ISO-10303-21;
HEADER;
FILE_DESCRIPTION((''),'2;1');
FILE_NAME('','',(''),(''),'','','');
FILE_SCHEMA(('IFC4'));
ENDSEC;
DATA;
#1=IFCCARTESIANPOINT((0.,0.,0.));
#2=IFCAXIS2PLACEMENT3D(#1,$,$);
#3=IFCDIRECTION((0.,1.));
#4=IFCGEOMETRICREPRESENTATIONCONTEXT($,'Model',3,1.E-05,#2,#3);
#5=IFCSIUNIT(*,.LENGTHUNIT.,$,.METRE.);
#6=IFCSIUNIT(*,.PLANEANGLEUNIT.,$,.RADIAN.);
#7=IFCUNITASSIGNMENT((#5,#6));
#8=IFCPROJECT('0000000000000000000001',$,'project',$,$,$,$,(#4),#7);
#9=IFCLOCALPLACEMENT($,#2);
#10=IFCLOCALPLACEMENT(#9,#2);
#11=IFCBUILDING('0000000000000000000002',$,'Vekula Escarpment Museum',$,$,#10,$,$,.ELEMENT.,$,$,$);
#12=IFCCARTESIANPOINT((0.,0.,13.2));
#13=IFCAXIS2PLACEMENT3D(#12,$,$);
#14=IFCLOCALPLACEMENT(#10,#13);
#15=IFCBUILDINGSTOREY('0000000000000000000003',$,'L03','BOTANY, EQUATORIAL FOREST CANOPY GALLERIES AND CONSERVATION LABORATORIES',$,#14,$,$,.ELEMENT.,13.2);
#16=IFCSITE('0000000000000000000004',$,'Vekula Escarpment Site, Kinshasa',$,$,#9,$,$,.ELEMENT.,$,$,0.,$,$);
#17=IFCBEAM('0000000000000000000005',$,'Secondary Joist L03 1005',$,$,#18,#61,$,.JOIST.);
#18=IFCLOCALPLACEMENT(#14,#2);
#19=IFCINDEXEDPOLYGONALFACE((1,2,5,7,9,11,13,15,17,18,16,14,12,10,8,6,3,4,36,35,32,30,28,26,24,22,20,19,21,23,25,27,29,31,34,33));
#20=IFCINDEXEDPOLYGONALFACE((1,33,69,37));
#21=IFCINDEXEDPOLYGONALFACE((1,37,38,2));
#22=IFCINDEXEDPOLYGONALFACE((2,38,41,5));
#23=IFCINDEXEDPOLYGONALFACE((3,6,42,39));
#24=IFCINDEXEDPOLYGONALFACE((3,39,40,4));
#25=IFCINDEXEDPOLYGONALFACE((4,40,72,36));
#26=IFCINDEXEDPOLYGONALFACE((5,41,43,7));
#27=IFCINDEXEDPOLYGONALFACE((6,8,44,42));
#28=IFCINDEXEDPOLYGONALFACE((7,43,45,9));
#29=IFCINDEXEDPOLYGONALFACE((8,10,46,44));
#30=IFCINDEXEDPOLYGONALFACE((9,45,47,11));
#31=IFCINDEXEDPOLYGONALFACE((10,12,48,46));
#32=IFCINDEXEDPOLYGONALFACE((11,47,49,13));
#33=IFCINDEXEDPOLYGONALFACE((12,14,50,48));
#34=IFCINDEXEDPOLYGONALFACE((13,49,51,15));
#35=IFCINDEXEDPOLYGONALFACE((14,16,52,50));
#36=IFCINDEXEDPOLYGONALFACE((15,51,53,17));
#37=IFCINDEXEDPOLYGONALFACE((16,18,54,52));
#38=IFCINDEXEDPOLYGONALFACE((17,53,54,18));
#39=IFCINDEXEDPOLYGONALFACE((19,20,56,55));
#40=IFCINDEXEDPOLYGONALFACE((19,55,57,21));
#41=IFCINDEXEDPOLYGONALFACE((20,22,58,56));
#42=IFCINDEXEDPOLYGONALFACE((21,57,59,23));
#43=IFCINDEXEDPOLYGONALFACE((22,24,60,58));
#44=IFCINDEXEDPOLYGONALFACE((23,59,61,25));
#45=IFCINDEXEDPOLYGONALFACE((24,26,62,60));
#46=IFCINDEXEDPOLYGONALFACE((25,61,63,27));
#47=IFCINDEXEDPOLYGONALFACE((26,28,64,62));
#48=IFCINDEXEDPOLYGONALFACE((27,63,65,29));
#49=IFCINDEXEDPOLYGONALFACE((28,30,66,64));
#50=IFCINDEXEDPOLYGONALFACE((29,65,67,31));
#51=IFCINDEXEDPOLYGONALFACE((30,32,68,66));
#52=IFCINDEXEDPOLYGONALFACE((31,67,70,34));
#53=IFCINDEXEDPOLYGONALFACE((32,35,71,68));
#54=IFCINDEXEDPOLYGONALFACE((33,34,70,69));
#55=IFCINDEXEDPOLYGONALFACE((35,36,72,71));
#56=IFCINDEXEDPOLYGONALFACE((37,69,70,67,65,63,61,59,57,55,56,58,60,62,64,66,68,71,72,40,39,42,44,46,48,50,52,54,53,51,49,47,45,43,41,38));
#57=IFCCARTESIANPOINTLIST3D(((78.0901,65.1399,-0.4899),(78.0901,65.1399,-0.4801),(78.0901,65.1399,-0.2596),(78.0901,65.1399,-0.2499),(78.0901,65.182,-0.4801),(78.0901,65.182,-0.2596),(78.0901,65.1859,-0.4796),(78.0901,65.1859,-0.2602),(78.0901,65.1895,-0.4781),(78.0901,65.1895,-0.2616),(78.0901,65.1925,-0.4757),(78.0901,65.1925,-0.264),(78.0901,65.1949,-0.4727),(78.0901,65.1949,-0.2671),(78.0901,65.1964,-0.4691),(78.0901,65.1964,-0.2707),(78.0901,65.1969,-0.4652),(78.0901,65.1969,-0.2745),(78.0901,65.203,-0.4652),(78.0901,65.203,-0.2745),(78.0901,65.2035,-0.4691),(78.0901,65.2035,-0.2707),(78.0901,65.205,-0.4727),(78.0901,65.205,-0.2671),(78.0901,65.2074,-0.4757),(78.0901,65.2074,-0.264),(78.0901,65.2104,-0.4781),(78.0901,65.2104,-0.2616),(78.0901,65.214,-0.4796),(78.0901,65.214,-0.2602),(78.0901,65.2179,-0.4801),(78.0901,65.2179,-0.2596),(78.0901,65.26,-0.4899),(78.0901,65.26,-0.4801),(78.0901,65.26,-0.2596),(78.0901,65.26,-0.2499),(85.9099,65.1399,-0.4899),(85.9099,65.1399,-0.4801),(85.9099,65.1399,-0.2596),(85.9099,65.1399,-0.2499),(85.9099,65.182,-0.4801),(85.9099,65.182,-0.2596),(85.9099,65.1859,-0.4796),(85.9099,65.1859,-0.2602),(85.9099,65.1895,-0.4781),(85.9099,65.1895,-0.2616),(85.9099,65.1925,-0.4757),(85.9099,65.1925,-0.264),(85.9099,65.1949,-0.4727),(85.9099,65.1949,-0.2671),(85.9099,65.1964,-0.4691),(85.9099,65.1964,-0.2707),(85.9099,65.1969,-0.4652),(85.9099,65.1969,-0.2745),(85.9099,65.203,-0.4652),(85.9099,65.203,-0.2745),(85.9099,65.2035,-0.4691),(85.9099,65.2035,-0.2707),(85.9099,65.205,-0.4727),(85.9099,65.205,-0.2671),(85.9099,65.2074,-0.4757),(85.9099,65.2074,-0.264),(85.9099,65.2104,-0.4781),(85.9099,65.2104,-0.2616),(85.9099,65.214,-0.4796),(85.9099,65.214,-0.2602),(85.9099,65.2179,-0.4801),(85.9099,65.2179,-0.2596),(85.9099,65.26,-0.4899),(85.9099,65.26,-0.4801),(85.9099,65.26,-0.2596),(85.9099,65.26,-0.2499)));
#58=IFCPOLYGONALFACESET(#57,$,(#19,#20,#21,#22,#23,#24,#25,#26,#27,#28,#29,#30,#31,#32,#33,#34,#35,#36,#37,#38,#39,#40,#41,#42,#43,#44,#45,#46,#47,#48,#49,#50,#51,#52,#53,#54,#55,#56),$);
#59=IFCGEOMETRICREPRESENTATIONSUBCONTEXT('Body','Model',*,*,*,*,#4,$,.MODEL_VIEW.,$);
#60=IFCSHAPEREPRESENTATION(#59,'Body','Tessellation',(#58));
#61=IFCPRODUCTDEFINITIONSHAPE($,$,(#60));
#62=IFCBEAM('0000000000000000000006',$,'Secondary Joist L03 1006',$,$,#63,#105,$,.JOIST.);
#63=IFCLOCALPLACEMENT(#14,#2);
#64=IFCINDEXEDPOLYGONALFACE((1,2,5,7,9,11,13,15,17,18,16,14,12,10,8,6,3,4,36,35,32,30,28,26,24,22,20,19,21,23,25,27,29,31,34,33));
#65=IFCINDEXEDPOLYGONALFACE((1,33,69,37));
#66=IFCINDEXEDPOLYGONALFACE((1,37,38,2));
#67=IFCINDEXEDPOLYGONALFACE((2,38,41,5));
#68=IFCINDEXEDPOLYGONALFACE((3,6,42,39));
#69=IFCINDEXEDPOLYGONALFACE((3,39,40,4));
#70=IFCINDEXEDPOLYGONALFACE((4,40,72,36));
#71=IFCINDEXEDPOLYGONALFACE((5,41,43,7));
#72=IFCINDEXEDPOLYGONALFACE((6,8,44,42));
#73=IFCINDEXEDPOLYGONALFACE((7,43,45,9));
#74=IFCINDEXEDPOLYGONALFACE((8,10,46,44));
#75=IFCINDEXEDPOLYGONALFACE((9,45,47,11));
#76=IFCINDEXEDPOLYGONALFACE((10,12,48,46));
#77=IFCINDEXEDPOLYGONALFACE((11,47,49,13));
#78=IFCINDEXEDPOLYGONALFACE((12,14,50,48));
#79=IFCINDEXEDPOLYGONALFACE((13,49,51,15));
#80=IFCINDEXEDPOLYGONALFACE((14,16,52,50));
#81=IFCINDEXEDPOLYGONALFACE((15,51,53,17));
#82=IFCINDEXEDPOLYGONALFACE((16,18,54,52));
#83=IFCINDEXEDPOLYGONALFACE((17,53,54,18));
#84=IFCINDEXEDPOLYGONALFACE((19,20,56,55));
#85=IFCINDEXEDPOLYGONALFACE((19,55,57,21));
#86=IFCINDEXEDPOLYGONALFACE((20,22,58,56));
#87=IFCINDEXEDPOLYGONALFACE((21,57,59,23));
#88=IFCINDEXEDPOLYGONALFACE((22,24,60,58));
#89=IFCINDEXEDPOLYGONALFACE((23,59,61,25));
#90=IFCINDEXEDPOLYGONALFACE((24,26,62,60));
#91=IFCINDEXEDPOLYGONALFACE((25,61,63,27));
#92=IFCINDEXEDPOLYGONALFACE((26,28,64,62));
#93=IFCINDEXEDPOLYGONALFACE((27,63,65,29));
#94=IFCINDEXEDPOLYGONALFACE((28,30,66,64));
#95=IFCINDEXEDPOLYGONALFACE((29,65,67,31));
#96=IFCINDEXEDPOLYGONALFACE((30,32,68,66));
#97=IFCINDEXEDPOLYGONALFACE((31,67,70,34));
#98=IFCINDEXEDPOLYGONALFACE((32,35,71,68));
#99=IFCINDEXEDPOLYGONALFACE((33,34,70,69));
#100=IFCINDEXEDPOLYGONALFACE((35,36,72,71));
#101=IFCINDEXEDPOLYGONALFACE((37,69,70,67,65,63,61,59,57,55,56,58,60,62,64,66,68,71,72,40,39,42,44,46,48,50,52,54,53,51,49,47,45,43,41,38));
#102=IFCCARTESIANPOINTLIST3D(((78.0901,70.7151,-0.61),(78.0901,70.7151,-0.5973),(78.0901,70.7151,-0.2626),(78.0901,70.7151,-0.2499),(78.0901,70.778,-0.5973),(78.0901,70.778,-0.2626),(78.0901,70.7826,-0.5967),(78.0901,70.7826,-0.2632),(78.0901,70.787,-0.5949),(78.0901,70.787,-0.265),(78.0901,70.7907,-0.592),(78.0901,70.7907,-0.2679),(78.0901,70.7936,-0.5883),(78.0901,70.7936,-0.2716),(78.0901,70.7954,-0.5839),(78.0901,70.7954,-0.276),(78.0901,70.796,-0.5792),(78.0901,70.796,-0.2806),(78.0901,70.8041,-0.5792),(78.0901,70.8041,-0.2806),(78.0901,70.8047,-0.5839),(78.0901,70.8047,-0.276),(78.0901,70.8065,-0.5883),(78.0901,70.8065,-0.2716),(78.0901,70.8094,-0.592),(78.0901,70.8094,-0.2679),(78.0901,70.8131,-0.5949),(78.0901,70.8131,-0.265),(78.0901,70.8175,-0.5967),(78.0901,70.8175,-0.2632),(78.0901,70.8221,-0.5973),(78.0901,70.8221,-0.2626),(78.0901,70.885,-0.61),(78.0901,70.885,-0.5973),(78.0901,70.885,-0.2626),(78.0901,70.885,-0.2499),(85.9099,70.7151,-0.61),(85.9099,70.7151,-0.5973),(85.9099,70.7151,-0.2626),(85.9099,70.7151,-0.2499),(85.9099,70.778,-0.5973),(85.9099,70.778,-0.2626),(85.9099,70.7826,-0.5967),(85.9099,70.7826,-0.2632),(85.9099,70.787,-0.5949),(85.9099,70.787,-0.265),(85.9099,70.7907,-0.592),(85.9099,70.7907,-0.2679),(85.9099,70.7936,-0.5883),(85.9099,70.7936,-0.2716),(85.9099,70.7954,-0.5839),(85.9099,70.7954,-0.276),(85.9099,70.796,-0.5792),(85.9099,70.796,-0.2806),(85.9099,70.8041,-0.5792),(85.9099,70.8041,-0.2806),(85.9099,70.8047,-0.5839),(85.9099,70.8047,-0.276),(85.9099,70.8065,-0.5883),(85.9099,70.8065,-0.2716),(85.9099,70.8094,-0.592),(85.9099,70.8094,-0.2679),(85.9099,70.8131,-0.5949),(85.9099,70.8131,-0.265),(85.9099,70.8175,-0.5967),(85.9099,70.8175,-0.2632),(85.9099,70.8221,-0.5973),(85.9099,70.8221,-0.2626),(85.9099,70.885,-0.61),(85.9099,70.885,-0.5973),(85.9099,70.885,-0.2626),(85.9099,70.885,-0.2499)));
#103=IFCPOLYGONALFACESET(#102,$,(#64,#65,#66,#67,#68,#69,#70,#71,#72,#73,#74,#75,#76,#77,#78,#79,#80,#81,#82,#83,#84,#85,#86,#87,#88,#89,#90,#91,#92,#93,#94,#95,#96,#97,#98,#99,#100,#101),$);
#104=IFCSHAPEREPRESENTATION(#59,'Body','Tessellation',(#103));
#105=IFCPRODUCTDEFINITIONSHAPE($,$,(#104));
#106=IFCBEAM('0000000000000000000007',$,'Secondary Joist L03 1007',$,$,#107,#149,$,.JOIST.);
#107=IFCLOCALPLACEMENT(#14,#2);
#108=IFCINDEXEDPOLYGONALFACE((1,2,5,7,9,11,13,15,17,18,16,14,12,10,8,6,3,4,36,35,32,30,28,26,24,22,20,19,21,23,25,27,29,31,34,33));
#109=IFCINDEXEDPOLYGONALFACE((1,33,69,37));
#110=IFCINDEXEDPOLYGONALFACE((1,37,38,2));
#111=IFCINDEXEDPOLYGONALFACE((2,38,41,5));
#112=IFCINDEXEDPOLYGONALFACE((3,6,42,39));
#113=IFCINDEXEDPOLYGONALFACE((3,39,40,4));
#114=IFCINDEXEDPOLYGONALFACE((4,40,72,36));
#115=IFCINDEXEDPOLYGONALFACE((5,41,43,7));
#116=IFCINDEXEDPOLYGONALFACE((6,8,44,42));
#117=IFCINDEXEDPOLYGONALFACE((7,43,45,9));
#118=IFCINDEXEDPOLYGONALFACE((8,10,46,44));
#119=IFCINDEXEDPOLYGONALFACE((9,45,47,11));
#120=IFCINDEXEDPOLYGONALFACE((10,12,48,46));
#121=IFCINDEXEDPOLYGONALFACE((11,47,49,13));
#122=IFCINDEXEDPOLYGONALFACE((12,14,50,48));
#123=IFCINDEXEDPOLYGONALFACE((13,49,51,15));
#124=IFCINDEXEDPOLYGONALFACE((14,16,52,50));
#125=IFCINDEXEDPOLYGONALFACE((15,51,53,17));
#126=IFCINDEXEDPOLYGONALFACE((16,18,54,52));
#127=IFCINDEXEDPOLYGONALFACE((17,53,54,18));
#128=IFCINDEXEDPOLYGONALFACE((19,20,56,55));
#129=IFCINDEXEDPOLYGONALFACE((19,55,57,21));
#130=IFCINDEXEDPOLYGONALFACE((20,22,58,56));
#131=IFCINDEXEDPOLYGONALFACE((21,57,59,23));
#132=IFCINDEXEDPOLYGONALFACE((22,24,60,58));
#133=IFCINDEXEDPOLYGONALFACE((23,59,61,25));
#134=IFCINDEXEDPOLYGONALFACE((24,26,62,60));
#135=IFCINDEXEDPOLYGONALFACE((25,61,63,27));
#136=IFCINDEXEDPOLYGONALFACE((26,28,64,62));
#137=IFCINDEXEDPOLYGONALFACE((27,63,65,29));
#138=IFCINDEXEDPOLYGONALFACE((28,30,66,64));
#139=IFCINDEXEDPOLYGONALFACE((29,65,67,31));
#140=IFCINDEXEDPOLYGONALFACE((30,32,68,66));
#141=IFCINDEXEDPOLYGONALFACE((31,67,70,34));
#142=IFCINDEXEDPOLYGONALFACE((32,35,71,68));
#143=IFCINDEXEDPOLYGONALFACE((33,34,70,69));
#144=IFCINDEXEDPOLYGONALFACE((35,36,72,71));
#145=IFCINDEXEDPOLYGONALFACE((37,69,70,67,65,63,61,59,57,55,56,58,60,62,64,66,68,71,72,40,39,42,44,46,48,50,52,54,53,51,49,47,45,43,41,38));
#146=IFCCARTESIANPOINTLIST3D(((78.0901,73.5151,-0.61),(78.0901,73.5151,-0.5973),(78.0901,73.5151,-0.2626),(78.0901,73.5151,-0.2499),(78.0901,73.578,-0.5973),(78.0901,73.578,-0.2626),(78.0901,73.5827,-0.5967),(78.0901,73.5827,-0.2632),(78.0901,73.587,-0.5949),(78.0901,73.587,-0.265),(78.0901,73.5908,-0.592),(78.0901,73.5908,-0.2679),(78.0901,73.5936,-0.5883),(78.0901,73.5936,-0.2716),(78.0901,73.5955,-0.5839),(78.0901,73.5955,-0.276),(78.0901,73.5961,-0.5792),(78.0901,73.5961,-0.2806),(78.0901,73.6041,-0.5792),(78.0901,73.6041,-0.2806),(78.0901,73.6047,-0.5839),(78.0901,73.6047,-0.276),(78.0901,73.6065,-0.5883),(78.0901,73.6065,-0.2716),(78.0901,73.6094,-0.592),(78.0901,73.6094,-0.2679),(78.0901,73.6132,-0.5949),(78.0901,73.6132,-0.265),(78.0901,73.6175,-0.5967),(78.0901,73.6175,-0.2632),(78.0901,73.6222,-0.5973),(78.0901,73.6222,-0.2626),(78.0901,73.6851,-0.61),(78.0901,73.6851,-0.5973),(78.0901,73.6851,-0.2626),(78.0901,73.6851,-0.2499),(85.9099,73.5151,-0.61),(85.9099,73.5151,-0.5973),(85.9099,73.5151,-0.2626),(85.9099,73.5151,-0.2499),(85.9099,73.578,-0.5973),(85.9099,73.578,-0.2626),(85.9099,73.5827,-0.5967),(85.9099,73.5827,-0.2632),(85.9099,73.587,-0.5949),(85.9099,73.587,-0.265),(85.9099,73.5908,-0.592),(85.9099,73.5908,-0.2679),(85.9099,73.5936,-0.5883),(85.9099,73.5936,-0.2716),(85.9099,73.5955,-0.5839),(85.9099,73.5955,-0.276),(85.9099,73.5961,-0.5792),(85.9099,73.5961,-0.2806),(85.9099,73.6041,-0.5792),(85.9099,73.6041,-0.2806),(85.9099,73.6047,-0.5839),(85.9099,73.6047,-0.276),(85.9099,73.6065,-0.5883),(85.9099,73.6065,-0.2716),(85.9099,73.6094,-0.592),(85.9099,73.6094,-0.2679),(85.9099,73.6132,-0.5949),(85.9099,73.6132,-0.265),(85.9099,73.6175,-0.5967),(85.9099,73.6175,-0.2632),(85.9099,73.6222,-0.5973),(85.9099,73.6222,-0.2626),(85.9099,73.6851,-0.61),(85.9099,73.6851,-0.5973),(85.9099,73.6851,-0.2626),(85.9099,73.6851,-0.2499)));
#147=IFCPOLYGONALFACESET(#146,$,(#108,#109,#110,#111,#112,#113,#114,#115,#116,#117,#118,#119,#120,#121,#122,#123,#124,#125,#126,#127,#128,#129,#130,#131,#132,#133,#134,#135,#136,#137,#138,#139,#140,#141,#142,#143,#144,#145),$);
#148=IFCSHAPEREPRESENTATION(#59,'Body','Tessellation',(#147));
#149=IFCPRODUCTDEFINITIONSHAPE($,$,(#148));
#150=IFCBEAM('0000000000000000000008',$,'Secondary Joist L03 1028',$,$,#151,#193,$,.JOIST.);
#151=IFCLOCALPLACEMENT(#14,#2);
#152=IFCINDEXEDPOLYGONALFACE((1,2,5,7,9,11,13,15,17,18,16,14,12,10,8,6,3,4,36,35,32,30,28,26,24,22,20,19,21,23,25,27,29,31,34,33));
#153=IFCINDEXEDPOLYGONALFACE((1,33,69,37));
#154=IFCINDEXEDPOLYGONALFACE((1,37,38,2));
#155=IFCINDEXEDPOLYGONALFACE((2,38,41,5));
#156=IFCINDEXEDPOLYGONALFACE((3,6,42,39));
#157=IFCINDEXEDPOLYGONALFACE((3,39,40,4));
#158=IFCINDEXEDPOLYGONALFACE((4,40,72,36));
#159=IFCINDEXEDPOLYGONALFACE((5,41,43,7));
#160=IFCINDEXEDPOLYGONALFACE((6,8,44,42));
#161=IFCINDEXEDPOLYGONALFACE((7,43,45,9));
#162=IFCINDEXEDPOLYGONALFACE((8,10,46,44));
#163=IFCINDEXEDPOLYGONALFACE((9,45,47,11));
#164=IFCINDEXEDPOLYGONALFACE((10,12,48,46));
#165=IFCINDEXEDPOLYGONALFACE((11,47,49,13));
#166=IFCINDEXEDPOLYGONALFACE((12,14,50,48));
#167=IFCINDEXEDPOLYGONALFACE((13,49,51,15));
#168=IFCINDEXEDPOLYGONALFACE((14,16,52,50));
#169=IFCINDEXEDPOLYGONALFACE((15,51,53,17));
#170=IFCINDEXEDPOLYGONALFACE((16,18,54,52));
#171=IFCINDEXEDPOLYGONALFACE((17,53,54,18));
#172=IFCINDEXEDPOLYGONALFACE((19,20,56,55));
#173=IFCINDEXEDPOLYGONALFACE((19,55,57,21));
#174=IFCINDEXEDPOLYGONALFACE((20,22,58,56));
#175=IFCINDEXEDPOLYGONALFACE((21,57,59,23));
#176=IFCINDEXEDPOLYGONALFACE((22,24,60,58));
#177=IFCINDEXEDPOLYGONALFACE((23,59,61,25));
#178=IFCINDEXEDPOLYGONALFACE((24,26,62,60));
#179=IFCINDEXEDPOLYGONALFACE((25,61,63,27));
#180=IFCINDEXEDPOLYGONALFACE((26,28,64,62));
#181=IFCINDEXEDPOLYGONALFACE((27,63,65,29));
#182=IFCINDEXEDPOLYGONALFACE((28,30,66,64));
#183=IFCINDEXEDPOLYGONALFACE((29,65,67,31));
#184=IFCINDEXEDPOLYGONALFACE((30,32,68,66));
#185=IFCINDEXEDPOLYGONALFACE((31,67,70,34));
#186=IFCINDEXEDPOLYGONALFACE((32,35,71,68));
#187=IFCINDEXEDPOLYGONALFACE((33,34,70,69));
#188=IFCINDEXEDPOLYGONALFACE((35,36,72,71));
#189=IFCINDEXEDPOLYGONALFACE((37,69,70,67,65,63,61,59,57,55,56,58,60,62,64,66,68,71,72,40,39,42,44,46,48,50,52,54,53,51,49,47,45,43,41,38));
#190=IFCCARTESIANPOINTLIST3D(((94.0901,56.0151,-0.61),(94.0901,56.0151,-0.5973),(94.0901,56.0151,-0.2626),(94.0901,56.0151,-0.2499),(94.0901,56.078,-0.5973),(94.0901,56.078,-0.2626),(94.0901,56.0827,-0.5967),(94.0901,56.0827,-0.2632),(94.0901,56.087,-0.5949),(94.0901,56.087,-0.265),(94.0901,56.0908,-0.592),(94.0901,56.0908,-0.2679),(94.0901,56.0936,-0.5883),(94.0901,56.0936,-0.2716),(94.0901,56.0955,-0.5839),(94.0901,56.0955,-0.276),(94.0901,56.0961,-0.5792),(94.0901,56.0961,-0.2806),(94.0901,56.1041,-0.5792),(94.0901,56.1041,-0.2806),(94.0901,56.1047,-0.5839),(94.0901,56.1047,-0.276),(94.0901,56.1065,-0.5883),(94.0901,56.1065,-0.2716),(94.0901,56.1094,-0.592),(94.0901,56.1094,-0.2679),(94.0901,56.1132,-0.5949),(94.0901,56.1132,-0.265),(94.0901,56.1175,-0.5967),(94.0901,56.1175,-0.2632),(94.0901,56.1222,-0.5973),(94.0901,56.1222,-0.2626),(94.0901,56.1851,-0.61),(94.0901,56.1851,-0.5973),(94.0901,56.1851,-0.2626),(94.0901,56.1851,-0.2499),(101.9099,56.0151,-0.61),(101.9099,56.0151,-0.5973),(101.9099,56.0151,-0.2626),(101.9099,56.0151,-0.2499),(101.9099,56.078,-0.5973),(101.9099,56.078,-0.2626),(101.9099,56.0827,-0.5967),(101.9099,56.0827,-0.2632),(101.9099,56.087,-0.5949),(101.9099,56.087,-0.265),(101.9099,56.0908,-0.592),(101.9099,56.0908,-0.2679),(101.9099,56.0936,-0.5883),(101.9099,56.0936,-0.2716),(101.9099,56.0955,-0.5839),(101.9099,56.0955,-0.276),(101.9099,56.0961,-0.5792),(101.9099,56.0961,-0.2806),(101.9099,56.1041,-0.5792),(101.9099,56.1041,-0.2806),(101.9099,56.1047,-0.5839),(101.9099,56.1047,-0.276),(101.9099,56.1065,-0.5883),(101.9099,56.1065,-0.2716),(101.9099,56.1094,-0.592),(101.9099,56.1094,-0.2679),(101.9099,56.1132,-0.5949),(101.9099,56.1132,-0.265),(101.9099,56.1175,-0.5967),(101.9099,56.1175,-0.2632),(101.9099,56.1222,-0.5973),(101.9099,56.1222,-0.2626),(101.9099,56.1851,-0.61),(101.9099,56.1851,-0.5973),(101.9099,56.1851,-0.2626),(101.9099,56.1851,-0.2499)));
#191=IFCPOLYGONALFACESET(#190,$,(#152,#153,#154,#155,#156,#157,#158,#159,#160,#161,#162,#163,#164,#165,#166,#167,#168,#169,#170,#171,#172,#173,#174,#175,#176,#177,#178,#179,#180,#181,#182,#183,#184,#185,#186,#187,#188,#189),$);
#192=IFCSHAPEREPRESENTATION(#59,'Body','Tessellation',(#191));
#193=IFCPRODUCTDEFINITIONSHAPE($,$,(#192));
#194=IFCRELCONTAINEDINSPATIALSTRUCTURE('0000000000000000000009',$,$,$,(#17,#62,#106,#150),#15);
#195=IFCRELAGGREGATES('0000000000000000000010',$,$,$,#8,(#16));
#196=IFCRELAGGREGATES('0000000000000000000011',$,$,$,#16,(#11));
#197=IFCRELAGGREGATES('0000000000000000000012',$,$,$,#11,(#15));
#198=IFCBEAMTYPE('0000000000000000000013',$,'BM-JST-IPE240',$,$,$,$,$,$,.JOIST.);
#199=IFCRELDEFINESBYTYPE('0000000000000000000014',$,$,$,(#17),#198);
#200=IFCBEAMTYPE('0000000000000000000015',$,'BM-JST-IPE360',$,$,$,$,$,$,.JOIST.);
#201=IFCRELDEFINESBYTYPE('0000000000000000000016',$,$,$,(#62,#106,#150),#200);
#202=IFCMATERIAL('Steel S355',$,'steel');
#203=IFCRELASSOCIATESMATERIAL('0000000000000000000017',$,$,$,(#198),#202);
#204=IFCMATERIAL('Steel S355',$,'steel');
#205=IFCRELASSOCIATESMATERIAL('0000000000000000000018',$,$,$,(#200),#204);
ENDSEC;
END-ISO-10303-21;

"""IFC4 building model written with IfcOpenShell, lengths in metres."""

from ifc_helpers import new_model, si_unit, direction, frame, origin, origin_2d, place, context, subcontext, project, spatial, i_section, extrude, material, material_profile, profile_set, type_object, element, save


model = new_model("IFC4")

# Units and contexts
model_context = context("Model", 3, precision=1e-05, world=origin(), true_north=direction((0.0, 1.0)))
body_context = subcontext(model_context, "Body", "Model", "MODEL_VIEW")
ifc_project = project(units=[si_unit("LENGTHUNIT", "METRE"), si_unit("PLANEANGLEUNIT", "RADIAN")], contexts=[model_context])

# Site, building, storey
site_placement = place(None, origin())
site = spatial("IfcSite", under=ifc_project, at=site_placement, Name="Vekula Escarpment Site, Kinshasa", CompositionType="ELEMENT", RefElevation=0.0)
building_placement = place(site_placement, origin())
building = spatial("IfcBuilding", under=site, at=building_placement, Name="Vekula Escarpment Museum", CompositionType="ELEMENT")
storey_placement = place(building_placement, frame((0.0, 0.0, 13.2)))
storey = spatial("IfcBuildingStorey", under=building, at=storey_placement, Name="L03", Description="BOTANY, EQUATORIAL FOREST CANOPY GALLERIES AND CONSERVATION LABORATORIES", CompositionType="ELEMENT", Elevation=13.2)

# Beams
ifc_material_1 = material(Name="Steel S355", Category="steel")
ifc_material_profile_1 = material_profile(ifc_material_1, i_section(OverallWidth=0.1201, OverallDepth=0.24, WebThickness=0.0061, FlangeThickness=0.0098, FilletRadius=0.0149, at=origin_2d()), Name="IPE 240")
ifc_profile_set_1 = profile_set([ifc_material_profile_1], Name="Steel S355")
beam_type_1 = type_object("IfcBeamType", Name="BM-JST-IPE240", PredefinedType="JOIST", material=ifc_profile_set_1)
for number, where, z_axis, x_axis, name in (
    (1, (78.0901, 65.2, -0.3699), (1.0, 0.0, 0.0), (0.0, 1.0, 0.0), "Secondary Joist L03 1005"),
):
    element("IfcBeam", number, at=place(storey_placement, frame(where, z_axis=z_axis, x_axis=x_axis)), inside=storey, type_object=beam_type_1, Name=name, PredefinedType="JOIST", context=body_context, shape_type="SweptSolid", body=[
        extrude(i_section(OverallWidth=0.1201, OverallDepth=0.24, WebThickness=0.0061, FlangeThickness=0.0098, FilletRadius=0.0149, at=origin_2d()), origin(), (0.0, 0.0, 1.0), 7.8198),
    ])
ifc_material_2 = material(Name="Steel S355", Category="steel")
ifc_material_profile_2 = material_profile(ifc_material_2, i_section(OverallWidth=0.1699, OverallDepth=0.3601, WebThickness=0.0081, FlangeThickness=0.0127, FilletRadius=0.0181, at=origin_2d()), Name="IPE 360")
ifc_profile_set_2 = profile_set([ifc_material_profile_2], Name="Steel S355")
beam_type_2 = type_object("IfcBeamType", Name="BM-JST-IPE360", PredefinedType="JOIST", material=ifc_profile_set_2)
for number, where, z_axis, x_axis, name in (
    (2, (78.0901, 70.8, -0.4299), (1.0, 0.0, 0.0), (0.0, 1.0, 0.0), "Secondary Joist L03 1006"),
    (3, (78.0901, 73.6001, -0.4299), (1.0, 0.0, 0.0), (0.0, 1.0, 0.0), "Secondary Joist L03 1007"),
    (4, (94.0901, 56.1001, -0.4299), (1.0, 0.0, 0.0), (0.0, 1.0, 0.0), "Secondary Joist L03 1028"),
):
    element("IfcBeam", number, at=place(storey_placement, frame(where, z_axis=z_axis, x_axis=x_axis)), inside=storey, type_object=beam_type_2, Name=name, PredefinedType="JOIST", context=body_context, shape_type="SweptSolid", body=[
        extrude(i_section(OverallWidth=0.1699, OverallDepth=0.3601, WebThickness=0.0081, FlangeThickness=0.0127, FilletRadius=0.0181, at=origin_2d()), origin(), (0.0, 0.0, 1.0), 7.8198),
    ])

save(model, "model.ifc")
